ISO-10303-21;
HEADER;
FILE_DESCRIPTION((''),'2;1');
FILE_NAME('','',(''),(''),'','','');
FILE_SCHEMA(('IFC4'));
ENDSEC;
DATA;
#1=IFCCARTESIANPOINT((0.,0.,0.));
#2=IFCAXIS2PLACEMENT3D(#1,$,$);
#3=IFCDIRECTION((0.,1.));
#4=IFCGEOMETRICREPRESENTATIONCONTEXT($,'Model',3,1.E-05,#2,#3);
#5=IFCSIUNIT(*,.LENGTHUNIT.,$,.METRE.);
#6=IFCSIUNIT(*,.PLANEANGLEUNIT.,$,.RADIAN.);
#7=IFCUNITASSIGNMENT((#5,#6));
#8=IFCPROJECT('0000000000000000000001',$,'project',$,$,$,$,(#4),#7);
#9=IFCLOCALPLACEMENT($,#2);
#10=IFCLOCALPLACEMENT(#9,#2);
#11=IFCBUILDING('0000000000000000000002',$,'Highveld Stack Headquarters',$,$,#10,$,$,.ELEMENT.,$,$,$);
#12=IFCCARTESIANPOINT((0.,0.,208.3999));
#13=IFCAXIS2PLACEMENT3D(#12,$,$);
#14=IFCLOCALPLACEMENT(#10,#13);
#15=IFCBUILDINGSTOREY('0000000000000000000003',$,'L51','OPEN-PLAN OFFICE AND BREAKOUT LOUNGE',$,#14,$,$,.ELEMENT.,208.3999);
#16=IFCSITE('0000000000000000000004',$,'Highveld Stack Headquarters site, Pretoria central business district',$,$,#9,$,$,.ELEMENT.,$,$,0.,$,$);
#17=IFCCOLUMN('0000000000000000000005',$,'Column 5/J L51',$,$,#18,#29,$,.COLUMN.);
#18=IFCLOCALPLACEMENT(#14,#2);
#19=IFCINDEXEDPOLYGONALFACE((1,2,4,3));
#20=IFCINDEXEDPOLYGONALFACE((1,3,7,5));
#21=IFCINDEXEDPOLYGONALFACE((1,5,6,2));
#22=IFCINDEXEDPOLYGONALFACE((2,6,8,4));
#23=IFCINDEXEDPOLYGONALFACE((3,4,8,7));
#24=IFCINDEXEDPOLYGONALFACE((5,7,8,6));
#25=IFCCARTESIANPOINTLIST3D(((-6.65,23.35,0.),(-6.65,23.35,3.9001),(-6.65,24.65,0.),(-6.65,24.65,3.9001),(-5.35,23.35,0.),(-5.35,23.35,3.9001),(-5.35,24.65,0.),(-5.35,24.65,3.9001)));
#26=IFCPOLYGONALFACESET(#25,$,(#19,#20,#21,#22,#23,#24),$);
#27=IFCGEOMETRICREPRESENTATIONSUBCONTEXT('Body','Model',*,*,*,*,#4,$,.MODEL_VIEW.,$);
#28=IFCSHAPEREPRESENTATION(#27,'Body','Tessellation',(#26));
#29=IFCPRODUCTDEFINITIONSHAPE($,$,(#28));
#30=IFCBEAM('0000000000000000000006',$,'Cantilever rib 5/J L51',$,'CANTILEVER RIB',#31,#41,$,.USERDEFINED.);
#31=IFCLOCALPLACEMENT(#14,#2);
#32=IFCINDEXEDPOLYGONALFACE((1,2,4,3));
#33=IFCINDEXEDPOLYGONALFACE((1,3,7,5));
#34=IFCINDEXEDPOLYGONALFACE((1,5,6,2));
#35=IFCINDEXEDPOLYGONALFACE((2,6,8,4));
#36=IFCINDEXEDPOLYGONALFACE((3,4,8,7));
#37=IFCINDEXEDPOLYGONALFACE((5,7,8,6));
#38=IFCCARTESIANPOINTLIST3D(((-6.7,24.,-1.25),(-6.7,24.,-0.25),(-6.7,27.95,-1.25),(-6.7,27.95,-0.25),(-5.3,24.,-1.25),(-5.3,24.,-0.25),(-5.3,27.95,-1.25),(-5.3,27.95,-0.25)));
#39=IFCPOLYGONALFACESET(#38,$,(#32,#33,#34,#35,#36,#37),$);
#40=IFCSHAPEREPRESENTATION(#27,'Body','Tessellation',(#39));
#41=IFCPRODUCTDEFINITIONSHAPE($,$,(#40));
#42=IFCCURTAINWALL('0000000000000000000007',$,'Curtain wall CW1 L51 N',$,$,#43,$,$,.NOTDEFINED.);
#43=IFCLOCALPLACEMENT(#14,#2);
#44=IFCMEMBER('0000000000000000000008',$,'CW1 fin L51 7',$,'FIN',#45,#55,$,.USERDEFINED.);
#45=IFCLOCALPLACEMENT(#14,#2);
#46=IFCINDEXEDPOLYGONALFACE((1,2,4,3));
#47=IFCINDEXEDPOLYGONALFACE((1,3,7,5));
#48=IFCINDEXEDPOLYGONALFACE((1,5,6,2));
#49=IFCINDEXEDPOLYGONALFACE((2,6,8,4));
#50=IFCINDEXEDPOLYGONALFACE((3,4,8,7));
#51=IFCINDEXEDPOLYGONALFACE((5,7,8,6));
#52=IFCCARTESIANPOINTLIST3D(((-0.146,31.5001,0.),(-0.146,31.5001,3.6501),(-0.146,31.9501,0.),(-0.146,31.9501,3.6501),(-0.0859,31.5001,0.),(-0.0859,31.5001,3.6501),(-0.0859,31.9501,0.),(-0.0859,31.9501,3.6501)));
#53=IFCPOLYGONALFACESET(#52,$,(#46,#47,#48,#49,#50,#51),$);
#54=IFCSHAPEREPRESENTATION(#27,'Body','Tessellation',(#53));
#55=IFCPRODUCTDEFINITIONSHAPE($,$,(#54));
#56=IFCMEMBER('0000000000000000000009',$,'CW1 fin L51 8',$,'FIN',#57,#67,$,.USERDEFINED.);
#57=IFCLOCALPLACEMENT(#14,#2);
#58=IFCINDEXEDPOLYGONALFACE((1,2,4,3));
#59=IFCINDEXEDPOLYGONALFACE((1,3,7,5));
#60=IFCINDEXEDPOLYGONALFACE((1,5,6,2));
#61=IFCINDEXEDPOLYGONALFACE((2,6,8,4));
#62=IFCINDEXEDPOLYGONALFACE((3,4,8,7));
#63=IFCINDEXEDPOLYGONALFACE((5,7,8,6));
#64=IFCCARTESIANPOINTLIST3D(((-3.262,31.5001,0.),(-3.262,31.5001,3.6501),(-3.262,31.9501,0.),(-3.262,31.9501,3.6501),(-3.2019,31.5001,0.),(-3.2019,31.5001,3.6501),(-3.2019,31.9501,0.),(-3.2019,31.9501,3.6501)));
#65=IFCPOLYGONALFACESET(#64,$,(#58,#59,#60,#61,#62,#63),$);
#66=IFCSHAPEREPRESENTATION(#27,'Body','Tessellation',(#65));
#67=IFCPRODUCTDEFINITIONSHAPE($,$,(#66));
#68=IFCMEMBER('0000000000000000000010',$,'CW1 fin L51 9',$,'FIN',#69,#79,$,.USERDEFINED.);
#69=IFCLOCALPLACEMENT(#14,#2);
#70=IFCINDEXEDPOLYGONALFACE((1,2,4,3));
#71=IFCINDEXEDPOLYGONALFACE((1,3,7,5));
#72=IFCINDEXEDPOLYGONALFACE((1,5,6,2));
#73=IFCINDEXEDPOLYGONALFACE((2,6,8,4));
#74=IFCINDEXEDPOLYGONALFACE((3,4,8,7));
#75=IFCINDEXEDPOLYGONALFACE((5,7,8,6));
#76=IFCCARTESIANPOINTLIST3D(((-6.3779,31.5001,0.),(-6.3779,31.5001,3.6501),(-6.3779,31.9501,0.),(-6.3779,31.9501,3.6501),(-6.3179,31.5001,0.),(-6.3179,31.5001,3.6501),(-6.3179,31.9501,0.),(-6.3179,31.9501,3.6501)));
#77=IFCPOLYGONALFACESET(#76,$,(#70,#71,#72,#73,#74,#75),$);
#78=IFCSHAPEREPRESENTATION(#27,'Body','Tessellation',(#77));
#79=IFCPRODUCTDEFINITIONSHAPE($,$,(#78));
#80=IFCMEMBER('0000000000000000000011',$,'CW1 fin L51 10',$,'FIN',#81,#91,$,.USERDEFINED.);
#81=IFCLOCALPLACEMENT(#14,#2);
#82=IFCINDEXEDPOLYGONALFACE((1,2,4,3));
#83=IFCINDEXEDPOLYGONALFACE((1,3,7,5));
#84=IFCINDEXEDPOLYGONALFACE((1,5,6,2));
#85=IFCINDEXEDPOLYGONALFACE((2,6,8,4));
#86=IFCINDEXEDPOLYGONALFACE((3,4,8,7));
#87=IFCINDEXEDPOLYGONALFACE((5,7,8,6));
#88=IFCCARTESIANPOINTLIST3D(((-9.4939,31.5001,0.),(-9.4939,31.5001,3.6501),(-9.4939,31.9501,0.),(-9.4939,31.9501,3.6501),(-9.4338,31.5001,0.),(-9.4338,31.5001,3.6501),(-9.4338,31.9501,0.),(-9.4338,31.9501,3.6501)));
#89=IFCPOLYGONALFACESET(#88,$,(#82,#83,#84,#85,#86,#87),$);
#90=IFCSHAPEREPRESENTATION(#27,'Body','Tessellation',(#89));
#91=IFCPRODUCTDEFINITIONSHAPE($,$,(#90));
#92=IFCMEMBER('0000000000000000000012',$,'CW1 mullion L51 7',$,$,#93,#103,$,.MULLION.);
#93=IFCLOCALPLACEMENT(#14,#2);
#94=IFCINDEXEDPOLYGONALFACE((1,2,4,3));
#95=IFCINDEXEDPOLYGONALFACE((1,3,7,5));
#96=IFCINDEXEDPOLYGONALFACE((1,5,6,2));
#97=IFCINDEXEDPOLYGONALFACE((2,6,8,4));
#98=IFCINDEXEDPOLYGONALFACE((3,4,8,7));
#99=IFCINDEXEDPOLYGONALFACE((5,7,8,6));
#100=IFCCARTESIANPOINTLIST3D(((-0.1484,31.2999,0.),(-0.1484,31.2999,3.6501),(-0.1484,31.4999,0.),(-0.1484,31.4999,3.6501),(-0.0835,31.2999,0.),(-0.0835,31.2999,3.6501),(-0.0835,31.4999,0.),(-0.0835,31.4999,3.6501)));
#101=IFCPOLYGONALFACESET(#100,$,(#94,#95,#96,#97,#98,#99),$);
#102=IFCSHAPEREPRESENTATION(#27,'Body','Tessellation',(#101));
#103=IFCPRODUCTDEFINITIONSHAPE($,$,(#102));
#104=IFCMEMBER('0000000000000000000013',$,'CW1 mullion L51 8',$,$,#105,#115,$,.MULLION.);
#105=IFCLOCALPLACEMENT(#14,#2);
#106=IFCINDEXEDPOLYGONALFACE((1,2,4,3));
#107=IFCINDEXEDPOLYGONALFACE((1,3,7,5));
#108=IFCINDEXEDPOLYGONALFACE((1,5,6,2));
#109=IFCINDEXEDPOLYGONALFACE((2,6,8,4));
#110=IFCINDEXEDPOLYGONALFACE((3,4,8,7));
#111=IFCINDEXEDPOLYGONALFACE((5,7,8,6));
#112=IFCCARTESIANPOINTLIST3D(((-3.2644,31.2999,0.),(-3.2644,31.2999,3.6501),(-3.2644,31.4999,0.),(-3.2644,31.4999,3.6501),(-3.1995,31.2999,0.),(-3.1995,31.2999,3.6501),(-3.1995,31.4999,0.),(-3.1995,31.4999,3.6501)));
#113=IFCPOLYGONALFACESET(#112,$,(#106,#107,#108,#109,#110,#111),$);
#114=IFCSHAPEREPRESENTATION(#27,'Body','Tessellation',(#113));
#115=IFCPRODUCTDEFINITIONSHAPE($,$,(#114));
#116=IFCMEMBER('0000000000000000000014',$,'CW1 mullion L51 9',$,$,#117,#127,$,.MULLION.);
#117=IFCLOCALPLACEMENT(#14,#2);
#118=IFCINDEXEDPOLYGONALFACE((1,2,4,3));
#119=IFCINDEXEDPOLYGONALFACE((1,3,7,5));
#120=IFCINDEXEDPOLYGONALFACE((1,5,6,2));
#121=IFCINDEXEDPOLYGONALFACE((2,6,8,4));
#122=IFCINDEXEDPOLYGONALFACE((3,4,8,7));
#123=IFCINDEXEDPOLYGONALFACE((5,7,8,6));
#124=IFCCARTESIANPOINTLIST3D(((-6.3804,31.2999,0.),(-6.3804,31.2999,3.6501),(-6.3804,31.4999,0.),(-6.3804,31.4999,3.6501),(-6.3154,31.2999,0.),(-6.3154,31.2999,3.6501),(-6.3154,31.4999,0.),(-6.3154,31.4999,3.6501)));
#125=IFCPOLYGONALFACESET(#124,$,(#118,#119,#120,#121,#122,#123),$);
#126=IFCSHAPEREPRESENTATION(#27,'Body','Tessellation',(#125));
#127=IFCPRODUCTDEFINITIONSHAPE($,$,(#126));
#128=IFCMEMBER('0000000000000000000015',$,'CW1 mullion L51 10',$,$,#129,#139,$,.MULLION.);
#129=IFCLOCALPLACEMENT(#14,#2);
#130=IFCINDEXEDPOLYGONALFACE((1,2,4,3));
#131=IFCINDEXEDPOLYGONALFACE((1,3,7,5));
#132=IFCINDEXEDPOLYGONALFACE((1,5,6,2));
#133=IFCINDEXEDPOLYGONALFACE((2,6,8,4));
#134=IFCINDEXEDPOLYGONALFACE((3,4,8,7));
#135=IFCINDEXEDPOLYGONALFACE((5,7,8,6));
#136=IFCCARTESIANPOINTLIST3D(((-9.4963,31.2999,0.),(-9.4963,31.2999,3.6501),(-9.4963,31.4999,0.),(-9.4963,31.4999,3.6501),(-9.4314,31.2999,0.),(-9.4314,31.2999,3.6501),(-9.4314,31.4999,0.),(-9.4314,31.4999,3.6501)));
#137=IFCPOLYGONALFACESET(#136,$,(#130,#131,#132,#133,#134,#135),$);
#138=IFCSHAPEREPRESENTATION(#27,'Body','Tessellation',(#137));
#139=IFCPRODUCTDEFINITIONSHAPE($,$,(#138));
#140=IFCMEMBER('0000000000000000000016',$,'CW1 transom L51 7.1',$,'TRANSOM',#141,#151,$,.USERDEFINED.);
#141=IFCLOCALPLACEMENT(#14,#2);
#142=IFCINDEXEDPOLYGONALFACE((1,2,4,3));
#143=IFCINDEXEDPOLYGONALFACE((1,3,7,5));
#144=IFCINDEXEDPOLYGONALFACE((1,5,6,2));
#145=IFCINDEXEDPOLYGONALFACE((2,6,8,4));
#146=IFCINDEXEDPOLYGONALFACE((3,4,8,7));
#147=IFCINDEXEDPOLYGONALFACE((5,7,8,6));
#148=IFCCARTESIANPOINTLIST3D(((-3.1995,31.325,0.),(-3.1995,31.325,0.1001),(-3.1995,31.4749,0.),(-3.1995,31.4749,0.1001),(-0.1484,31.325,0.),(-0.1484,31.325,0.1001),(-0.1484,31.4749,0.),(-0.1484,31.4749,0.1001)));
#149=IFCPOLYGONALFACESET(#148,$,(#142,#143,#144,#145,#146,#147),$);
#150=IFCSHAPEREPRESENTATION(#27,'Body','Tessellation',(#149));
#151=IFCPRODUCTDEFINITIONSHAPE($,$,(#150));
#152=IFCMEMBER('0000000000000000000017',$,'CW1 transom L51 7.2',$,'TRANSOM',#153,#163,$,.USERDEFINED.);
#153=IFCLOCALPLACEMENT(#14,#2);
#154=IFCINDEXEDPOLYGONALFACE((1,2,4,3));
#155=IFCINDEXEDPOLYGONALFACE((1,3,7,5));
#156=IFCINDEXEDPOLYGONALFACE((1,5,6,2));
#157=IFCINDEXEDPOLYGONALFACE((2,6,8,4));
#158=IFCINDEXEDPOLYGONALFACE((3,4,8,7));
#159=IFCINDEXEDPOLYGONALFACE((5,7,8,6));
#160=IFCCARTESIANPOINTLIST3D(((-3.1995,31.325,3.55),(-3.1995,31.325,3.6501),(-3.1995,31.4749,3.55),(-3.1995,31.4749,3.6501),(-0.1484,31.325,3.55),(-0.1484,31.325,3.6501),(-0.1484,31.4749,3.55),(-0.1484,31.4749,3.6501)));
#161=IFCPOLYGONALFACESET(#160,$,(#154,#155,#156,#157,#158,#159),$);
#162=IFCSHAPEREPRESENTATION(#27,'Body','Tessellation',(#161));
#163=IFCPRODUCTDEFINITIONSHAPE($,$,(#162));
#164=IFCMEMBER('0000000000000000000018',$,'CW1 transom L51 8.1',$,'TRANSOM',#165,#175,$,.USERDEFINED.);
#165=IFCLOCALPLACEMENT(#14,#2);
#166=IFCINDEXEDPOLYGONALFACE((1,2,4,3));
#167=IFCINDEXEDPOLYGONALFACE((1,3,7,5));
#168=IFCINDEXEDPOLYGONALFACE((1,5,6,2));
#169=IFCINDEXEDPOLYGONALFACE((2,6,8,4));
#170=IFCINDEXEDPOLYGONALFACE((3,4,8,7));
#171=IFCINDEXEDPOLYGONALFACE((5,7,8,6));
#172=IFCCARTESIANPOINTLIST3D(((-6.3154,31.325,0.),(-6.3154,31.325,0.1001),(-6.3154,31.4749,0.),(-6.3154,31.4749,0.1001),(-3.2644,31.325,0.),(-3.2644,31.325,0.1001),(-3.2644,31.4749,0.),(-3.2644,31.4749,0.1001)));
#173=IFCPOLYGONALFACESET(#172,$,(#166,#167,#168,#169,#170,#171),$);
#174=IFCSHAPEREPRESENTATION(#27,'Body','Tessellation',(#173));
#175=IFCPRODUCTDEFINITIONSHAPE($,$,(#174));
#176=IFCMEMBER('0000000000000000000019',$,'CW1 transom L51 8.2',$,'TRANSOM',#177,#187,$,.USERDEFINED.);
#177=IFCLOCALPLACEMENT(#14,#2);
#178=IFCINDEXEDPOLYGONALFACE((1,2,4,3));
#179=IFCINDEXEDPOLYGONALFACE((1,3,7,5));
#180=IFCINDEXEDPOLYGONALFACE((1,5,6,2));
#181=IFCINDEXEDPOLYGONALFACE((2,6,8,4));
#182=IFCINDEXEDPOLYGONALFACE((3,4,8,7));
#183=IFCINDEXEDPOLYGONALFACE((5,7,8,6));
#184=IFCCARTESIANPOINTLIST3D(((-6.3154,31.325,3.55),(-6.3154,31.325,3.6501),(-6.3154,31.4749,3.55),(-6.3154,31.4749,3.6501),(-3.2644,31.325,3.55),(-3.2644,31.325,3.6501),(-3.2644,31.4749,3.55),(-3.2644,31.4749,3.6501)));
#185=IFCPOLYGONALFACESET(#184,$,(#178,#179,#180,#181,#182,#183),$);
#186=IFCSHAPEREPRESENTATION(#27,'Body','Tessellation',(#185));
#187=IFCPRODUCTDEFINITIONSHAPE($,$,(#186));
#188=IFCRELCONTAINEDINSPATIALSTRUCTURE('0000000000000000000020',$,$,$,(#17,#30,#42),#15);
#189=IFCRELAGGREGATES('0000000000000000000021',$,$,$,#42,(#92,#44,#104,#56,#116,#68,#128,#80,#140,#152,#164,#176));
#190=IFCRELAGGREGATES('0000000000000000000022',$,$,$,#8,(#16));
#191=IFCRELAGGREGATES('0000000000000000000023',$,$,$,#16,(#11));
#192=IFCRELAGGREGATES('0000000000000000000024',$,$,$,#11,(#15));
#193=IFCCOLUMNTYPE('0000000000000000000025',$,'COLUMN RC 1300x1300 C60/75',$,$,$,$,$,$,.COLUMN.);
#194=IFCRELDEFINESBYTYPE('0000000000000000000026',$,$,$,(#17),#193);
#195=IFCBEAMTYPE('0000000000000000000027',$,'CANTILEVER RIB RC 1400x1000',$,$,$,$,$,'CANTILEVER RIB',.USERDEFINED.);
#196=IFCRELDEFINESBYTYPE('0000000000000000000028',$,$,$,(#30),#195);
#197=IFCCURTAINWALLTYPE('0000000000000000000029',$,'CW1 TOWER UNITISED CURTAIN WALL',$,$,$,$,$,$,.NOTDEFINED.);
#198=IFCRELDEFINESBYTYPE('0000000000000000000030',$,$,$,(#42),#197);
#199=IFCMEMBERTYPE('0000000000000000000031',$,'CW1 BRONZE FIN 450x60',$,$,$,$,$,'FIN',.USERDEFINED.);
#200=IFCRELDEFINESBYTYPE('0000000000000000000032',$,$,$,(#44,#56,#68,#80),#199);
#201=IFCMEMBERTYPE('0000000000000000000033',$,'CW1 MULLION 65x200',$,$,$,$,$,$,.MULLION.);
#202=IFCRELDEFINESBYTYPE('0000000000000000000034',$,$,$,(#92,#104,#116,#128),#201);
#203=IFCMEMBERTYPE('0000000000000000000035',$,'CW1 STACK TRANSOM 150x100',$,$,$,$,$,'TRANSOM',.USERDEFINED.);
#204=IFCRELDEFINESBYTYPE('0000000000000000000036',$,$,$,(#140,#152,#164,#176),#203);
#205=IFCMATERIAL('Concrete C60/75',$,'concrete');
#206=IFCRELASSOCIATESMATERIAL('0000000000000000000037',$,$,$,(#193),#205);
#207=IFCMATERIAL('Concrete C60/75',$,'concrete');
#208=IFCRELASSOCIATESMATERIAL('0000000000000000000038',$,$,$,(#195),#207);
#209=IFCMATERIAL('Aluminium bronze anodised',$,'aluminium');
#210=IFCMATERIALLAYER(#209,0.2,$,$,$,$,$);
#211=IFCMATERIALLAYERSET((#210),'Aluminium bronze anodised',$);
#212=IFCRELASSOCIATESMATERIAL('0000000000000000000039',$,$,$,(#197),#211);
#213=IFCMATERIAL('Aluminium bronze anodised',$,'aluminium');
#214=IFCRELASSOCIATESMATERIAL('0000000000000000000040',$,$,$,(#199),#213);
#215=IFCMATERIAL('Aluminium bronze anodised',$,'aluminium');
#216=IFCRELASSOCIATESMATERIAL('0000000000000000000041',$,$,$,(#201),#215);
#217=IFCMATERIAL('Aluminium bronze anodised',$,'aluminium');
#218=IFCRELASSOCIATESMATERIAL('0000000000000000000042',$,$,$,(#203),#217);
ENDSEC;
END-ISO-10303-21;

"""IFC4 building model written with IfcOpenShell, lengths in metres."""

from ifc_helpers import new_model, si_unit, direction, frame, origin, origin_2d, place, context, subcontext, project, spatial, rectangle, extrude, material, layer, layer_set, material_profile, profile_set, type_object, element, aggregate, save


model = new_model("IFC4")

# Units and contexts
model_context = context("Model", 3, precision=1e-05, world=origin(), true_north=direction((0.0, 1.0)))
body_context = subcontext(model_context, "Body", "Model", "MODEL_VIEW")
ifc_project = project(units=[si_unit("LENGTHUNIT", "METRE"), si_unit("PLANEANGLEUNIT", "RADIAN")], contexts=[model_context])

# Site, building, storey
site_placement = place(None, origin())
site = spatial("IfcSite", under=ifc_project, at=site_placement, Name="Highveld Stack Headquarters site, Pretoria central business district", CompositionType="ELEMENT", RefElevation=0.0)
building_placement = place(site_placement, origin())
building = spatial("IfcBuilding", under=site, at=building_placement, Name="Highveld Stack Headquarters", CompositionType="ELEMENT")
storey_placement = place(building_placement, frame((0.0, 0.0, 208.3999)))
storey = spatial("IfcBuildingStorey", under=building, at=storey_placement, Name="L51", Description="OPEN-PLAN OFFICE AND BREAKOUT LOUNGE", CompositionType="ELEMENT", Elevation=208.3999)

# Column
ifc_material_1 = material(Name="Concrete C60/75", Category="concrete")
ifc_material_profile_1 = material_profile(ifc_material_1, rectangle(XDim=1.3, YDim=1.3, at=origin_2d()), Name="RC 1300x1300")
ifc_profile_set_1 = profile_set([ifc_material_profile_1], Name="Concrete C60/75")
column_type = type_object("IfcColumnType", Name="COLUMN RC 1300x1300 C60/75", PredefinedType="COLUMN", material=ifc_profile_set_1)
column_placement = place(storey_placement, frame((-6.0, 24.0, 0.0), z_axis=(0.0, 0.0, 1.0), x_axis=(1.0, 0.0, 0.0)))
element("IfcColumn", 1, at=column_placement, inside=storey, type_object=column_type, Name="Column 5/J L51", PredefinedType="COLUMN", context=body_context, shape_type="SweptSolid", body=[
    extrude(rectangle(XDim=1.3, YDim=1.3, at=origin_2d()), origin(), (0.0, 0.0, 1.0), 3.9001),
])

# Beam
ifc_material_2 = material(Name="Concrete C60/75", Category="concrete")
ifc_material_profile_2 = material_profile(ifc_material_2, rectangle(XDim=1.3999, YDim=1.0, at=origin_2d()), Name="RC 1400x1000")
ifc_profile_set_2 = profile_set([ifc_material_profile_2], Name="Concrete C60/75")
beam_type_1 = type_object("IfcBeamType", Name="CANTILEVER RIB RC 1400x1000", ElementType="CANTILEVER RIB", PredefinedType="USERDEFINED", material=ifc_profile_set_2)
beam_1_placement = place(storey_placement, frame((-6.0, 24.0, -0.75), z_axis=(0.0, 1.0, 0.0), x_axis=(-1.0, 0.0, 0.0)))
element("IfcBeam", 2, at=beam_1_placement, inside=storey, type_object=beam_type_1, Name="Cantilever rib 5/J L51", ObjectType="CANTILEVER RIB", PredefinedType="USERDEFINED", context=body_context, shape_type="SweptSolid", body=[
    extrude(rectangle(XDim=1.3999, YDim=1.0, at=origin_2d()), origin(), (0.0, 0.0, 1.0), 3.95),
])

# Curtain wall, members
ifc_material_3 = material(Name="Aluminium bronze anodised", Category="aluminium")
ifc_layer_1 = layer(ifc_material_3, 0.2)
ifc_layer_set_1 = layer_set([ifc_layer_1], Name="Aluminium bronze anodised")
curtain_wall_type = type_object("IfcCurtainWallType", Name="CW1 TOWER UNITISED CURTAIN WALL", PredefinedType="NOTDEFINED", material=ifc_layer_set_1)
curtain_wall_placement = place(storey_placement, origin())
curtain_wall = element("IfcCurtainWall", 3, at=curtain_wall_placement, inside=storey, type_object=curtain_wall_type, Name="Curtain wall CW1 L51 N", PredefinedType="NOTDEFINED")
ifc_material_4 = material(Name="Aluminium bronze anodised", Category="aluminium")
ifc_material_profile_3 = material_profile(ifc_material_4, rectangle(XDim=0.45, YDim=0.0601, at=origin_2d()), Name="FIN 450x60")
ifc_profile_set_3 = profile_set([ifc_material_profile_3], Name="Aluminium bronze anodised")
member_type_1 = type_object("IfcMemberType", Name="CW1 BRONZE FIN 450x60", ElementType="FIN", PredefinedType="USERDEFINED", material=ifc_profile_set_3)
member_1_placement = place(storey_placement, frame((-0.116, 31.7251, 0.0), z_axis=(0.0, 0.0, 1.0), x_axis=(0.0, -1.0, 0.0)))
member_1 = element("IfcMember", 4, at=member_1_placement, type_object=member_type_1, Name="CW1 fin L51 7", ObjectType="FIN", PredefinedType="USERDEFINED", context=body_context, shape_type="SweptSolid", body=[
    extrude(rectangle(XDim=0.45, YDim=0.0601, at=origin_2d()), origin(), (0.0, 0.0, 1.0), 3.6501),
])
member_2_placement = place(storey_placement, frame((-3.2319, 31.7251, 0.0), z_axis=(0.0, 0.0, 1.0), x_axis=(0.0, -1.0, 0.0)))
member_2 = element("IfcMember", 5, at=member_2_placement, type_object=member_type_1, Name="CW1 fin L51 8", ObjectType="FIN", PredefinedType="USERDEFINED", context=body_context, shape_type="SweptSolid", body=[
    extrude(rectangle(XDim=0.45, YDim=0.0601, at=origin_2d()), origin(), (0.0, 0.0, 1.0), 3.6501),
])
member_3_placement = place(storey_placement, frame((-6.3479, 31.7251, 0.0), z_axis=(0.0, 0.0, 1.0), x_axis=(0.0, -1.0, 0.0)))
member_3 = element("IfcMember", 6, at=member_3_placement, type_object=member_type_1, Name="CW1 fin L51 9", ObjectType="FIN", PredefinedType="USERDEFINED", context=body_context, shape_type="SweptSolid", body=[
    extrude(rectangle(XDim=0.45, YDim=0.0601, at=origin_2d()), origin(), (0.0, 0.0, 1.0), 3.6501),
])
member_4_placement = place(storey_placement, frame((-9.4639, 31.7251, 0.0), z_axis=(0.0, 0.0, 1.0), x_axis=(0.0, -1.0, 0.0)))
member_4 = element("IfcMember", 7, at=member_4_placement, type_object=member_type_1, Name="CW1 fin L51 10", ObjectType="FIN", PredefinedType="USERDEFINED", context=body_context, shape_type="SweptSolid", body=[
    extrude(rectangle(XDim=0.45, YDim=0.0601, at=origin_2d()), origin(), (0.0, 0.0, 1.0), 3.6501),
])
ifc_material_5 = material(Name="Aluminium bronze anodised", Category="aluminium")
ifc_material_profile_4 = material_profile(ifc_material_5, rectangle(XDim=0.2, YDim=0.0649, at=origin_2d()), Name="CW1 MULLION 65x200")
ifc_profile_set_4 = profile_set([ifc_material_profile_4], Name="Aluminium bronze anodised")
member_type_2 = type_object("IfcMemberType", Name="CW1 MULLION 65x200", PredefinedType="MULLION", material=ifc_profile_set_4)
member_5_placement = place(storey_placement, frame((-0.116, 31.3999, 0.0), z_axis=(0.0, 0.0, 1.0), x_axis=(0.0, -1.0, 0.0)))
member_5 = element("IfcMember", 8, at=member_5_placement, type_object=member_type_2, Name="CW1 mullion L51 7", PredefinedType="MULLION", context=body_context, shape_type="SweptSolid", body=[
    extrude(rectangle(XDim=0.2, YDim=0.0649, at=origin_2d()), origin(), (0.0, 0.0, 1.0), 3.6501),
])
member_6_placement = place(storey_placement, frame((-3.2319, 31.3999, 0.0), z_axis=(0.0, 0.0, 1.0), x_axis=(0.0, -1.0, 0.0)))
member_6 = element("IfcMember", 9, at=member_6_placement, type_object=member_type_2, Name="CW1 mullion L51 8", PredefinedType="MULLION", context=body_context, shape_type="SweptSolid", body=[
    extrude(rectangle(XDim=0.2, YDim=0.0649, at=origin_2d()), origin(), (0.0, 0.0, 1.0), 3.6501),
])
member_7_placement = place(storey_placement, frame((-6.3479, 31.3999, 0.0), z_axis=(0.0, 0.0, 1.0), x_axis=(0.0, -1.0, 0.0)))
member_7 = element("IfcMember", 10, at=member_7_placement, type_object=member_type_2, Name="CW1 mullion L51 9", PredefinedType="MULLION", context=body_context, shape_type="SweptSolid", body=[
    extrude(rectangle(XDim=0.2, YDim=0.0649, at=origin_2d()), origin(), (0.0, 0.0, 1.0), 3.6501),
])
member_8_placement = place(storey_placement, frame((-9.4639, 31.3999, 0.0), z_axis=(0.0, 0.0, 1.0), x_axis=(0.0, -1.0, 0.0)))
member_8 = element("IfcMember", 11, at=member_8_placement, type_object=member_type_2, Name="CW1 mullion L51 10", PredefinedType="MULLION", context=body_context, shape_type="SweptSolid", body=[
    extrude(rectangle(XDim=0.2, YDim=0.0649, at=origin_2d()), origin(), (0.0, 0.0, 1.0), 3.6501),
])
ifc_material_6 = material(Name="Aluminium bronze anodised", Category="aluminium")
ifc_material_profile_5 = material_profile(ifc_material_6, rectangle(XDim=0.1499, YDim=0.1001, at=origin_2d()), Name="CW1 TRANSOM 150x100")
ifc_profile_set_5 = profile_set([ifc_material_profile_5], Name="Aluminium bronze anodised")
member_type_3 = type_object("IfcMemberType", Name="CW1 STACK TRANSOM 150x100", ElementType="TRANSOM", PredefinedType="USERDEFINED", material=ifc_profile_set_5)
member_9_placement = place(storey_placement, frame((-0.1484, 31.3999, 0.05), z_axis=(-1.0, 0.0, 0.0), x_axis=(0.0, -1.0, 0.0)))
member_9 = element("IfcMember", 12, at=member_9_placement, type_object=member_type_3, Name="CW1 transom L51 7.1", ObjectType="TRANSOM", PredefinedType="USERDEFINED", context=body_context, shape_type="SweptSolid", body=[
    extrude(rectangle(XDim=0.1499, YDim=0.1001, at=origin_2d()), origin(), (0.0, 0.0, 1.0), 3.051),
])
member_10_placement = place(storey_placement, frame((-0.1484, 31.3999, 3.6001), z_axis=(-1.0, 0.0, 0.0), x_axis=(0.0, -1.0, 0.0)))
member_10 = element("IfcMember", 13, at=member_10_placement, type_object=member_type_3, Name="CW1 transom L51 7.2", ObjectType="TRANSOM", PredefinedType="USERDEFINED", context=body_context, shape_type="SweptSolid", body=[
    extrude(rectangle(XDim=0.1499, YDim=0.1001, at=origin_2d()), origin(), (0.0, 0.0, 1.0), 3.051),
])
member_11_placement = place(storey_placement, frame((-3.2644, 31.3999, 0.05), z_axis=(-1.0, 0.0, 0.0), x_axis=(0.0, -1.0, 0.0)))
member_11 = element("IfcMember", 14, at=member_11_placement, type_object=member_type_3, Name="CW1 transom L51 8.1", ObjectType="TRANSOM", PredefinedType="USERDEFINED", context=body_context, shape_type="SweptSolid", body=[
    extrude(rectangle(XDim=0.1499, YDim=0.1001, at=origin_2d()), origin(), (0.0, 0.0, 1.0), 3.051),
])
member_12_placement = place(storey_placement, frame((-3.2644, 31.3999, 3.6001), z_axis=(-1.0, 0.0, 0.0), x_axis=(0.0, -1.0, 0.0)))
member_12 = element("IfcMember", 15, at=member_12_placement, type_object=member_type_3, Name="CW1 transom L51 8.2", ObjectType="TRANSOM", PredefinedType="USERDEFINED", context=body_context, shape_type="SweptSolid", body=[
    extrude(rectangle(XDim=0.1499, YDim=0.1001, at=origin_2d()), origin(), (0.0, 0.0, 1.0), 3.051),
])

aggregate(curtain_wall, [member_5, member_1, member_6, member_2, member_7, member_3, member_8, member_4, member_9, member_10, member_11, member_12])

save(model, "model.ifc")
